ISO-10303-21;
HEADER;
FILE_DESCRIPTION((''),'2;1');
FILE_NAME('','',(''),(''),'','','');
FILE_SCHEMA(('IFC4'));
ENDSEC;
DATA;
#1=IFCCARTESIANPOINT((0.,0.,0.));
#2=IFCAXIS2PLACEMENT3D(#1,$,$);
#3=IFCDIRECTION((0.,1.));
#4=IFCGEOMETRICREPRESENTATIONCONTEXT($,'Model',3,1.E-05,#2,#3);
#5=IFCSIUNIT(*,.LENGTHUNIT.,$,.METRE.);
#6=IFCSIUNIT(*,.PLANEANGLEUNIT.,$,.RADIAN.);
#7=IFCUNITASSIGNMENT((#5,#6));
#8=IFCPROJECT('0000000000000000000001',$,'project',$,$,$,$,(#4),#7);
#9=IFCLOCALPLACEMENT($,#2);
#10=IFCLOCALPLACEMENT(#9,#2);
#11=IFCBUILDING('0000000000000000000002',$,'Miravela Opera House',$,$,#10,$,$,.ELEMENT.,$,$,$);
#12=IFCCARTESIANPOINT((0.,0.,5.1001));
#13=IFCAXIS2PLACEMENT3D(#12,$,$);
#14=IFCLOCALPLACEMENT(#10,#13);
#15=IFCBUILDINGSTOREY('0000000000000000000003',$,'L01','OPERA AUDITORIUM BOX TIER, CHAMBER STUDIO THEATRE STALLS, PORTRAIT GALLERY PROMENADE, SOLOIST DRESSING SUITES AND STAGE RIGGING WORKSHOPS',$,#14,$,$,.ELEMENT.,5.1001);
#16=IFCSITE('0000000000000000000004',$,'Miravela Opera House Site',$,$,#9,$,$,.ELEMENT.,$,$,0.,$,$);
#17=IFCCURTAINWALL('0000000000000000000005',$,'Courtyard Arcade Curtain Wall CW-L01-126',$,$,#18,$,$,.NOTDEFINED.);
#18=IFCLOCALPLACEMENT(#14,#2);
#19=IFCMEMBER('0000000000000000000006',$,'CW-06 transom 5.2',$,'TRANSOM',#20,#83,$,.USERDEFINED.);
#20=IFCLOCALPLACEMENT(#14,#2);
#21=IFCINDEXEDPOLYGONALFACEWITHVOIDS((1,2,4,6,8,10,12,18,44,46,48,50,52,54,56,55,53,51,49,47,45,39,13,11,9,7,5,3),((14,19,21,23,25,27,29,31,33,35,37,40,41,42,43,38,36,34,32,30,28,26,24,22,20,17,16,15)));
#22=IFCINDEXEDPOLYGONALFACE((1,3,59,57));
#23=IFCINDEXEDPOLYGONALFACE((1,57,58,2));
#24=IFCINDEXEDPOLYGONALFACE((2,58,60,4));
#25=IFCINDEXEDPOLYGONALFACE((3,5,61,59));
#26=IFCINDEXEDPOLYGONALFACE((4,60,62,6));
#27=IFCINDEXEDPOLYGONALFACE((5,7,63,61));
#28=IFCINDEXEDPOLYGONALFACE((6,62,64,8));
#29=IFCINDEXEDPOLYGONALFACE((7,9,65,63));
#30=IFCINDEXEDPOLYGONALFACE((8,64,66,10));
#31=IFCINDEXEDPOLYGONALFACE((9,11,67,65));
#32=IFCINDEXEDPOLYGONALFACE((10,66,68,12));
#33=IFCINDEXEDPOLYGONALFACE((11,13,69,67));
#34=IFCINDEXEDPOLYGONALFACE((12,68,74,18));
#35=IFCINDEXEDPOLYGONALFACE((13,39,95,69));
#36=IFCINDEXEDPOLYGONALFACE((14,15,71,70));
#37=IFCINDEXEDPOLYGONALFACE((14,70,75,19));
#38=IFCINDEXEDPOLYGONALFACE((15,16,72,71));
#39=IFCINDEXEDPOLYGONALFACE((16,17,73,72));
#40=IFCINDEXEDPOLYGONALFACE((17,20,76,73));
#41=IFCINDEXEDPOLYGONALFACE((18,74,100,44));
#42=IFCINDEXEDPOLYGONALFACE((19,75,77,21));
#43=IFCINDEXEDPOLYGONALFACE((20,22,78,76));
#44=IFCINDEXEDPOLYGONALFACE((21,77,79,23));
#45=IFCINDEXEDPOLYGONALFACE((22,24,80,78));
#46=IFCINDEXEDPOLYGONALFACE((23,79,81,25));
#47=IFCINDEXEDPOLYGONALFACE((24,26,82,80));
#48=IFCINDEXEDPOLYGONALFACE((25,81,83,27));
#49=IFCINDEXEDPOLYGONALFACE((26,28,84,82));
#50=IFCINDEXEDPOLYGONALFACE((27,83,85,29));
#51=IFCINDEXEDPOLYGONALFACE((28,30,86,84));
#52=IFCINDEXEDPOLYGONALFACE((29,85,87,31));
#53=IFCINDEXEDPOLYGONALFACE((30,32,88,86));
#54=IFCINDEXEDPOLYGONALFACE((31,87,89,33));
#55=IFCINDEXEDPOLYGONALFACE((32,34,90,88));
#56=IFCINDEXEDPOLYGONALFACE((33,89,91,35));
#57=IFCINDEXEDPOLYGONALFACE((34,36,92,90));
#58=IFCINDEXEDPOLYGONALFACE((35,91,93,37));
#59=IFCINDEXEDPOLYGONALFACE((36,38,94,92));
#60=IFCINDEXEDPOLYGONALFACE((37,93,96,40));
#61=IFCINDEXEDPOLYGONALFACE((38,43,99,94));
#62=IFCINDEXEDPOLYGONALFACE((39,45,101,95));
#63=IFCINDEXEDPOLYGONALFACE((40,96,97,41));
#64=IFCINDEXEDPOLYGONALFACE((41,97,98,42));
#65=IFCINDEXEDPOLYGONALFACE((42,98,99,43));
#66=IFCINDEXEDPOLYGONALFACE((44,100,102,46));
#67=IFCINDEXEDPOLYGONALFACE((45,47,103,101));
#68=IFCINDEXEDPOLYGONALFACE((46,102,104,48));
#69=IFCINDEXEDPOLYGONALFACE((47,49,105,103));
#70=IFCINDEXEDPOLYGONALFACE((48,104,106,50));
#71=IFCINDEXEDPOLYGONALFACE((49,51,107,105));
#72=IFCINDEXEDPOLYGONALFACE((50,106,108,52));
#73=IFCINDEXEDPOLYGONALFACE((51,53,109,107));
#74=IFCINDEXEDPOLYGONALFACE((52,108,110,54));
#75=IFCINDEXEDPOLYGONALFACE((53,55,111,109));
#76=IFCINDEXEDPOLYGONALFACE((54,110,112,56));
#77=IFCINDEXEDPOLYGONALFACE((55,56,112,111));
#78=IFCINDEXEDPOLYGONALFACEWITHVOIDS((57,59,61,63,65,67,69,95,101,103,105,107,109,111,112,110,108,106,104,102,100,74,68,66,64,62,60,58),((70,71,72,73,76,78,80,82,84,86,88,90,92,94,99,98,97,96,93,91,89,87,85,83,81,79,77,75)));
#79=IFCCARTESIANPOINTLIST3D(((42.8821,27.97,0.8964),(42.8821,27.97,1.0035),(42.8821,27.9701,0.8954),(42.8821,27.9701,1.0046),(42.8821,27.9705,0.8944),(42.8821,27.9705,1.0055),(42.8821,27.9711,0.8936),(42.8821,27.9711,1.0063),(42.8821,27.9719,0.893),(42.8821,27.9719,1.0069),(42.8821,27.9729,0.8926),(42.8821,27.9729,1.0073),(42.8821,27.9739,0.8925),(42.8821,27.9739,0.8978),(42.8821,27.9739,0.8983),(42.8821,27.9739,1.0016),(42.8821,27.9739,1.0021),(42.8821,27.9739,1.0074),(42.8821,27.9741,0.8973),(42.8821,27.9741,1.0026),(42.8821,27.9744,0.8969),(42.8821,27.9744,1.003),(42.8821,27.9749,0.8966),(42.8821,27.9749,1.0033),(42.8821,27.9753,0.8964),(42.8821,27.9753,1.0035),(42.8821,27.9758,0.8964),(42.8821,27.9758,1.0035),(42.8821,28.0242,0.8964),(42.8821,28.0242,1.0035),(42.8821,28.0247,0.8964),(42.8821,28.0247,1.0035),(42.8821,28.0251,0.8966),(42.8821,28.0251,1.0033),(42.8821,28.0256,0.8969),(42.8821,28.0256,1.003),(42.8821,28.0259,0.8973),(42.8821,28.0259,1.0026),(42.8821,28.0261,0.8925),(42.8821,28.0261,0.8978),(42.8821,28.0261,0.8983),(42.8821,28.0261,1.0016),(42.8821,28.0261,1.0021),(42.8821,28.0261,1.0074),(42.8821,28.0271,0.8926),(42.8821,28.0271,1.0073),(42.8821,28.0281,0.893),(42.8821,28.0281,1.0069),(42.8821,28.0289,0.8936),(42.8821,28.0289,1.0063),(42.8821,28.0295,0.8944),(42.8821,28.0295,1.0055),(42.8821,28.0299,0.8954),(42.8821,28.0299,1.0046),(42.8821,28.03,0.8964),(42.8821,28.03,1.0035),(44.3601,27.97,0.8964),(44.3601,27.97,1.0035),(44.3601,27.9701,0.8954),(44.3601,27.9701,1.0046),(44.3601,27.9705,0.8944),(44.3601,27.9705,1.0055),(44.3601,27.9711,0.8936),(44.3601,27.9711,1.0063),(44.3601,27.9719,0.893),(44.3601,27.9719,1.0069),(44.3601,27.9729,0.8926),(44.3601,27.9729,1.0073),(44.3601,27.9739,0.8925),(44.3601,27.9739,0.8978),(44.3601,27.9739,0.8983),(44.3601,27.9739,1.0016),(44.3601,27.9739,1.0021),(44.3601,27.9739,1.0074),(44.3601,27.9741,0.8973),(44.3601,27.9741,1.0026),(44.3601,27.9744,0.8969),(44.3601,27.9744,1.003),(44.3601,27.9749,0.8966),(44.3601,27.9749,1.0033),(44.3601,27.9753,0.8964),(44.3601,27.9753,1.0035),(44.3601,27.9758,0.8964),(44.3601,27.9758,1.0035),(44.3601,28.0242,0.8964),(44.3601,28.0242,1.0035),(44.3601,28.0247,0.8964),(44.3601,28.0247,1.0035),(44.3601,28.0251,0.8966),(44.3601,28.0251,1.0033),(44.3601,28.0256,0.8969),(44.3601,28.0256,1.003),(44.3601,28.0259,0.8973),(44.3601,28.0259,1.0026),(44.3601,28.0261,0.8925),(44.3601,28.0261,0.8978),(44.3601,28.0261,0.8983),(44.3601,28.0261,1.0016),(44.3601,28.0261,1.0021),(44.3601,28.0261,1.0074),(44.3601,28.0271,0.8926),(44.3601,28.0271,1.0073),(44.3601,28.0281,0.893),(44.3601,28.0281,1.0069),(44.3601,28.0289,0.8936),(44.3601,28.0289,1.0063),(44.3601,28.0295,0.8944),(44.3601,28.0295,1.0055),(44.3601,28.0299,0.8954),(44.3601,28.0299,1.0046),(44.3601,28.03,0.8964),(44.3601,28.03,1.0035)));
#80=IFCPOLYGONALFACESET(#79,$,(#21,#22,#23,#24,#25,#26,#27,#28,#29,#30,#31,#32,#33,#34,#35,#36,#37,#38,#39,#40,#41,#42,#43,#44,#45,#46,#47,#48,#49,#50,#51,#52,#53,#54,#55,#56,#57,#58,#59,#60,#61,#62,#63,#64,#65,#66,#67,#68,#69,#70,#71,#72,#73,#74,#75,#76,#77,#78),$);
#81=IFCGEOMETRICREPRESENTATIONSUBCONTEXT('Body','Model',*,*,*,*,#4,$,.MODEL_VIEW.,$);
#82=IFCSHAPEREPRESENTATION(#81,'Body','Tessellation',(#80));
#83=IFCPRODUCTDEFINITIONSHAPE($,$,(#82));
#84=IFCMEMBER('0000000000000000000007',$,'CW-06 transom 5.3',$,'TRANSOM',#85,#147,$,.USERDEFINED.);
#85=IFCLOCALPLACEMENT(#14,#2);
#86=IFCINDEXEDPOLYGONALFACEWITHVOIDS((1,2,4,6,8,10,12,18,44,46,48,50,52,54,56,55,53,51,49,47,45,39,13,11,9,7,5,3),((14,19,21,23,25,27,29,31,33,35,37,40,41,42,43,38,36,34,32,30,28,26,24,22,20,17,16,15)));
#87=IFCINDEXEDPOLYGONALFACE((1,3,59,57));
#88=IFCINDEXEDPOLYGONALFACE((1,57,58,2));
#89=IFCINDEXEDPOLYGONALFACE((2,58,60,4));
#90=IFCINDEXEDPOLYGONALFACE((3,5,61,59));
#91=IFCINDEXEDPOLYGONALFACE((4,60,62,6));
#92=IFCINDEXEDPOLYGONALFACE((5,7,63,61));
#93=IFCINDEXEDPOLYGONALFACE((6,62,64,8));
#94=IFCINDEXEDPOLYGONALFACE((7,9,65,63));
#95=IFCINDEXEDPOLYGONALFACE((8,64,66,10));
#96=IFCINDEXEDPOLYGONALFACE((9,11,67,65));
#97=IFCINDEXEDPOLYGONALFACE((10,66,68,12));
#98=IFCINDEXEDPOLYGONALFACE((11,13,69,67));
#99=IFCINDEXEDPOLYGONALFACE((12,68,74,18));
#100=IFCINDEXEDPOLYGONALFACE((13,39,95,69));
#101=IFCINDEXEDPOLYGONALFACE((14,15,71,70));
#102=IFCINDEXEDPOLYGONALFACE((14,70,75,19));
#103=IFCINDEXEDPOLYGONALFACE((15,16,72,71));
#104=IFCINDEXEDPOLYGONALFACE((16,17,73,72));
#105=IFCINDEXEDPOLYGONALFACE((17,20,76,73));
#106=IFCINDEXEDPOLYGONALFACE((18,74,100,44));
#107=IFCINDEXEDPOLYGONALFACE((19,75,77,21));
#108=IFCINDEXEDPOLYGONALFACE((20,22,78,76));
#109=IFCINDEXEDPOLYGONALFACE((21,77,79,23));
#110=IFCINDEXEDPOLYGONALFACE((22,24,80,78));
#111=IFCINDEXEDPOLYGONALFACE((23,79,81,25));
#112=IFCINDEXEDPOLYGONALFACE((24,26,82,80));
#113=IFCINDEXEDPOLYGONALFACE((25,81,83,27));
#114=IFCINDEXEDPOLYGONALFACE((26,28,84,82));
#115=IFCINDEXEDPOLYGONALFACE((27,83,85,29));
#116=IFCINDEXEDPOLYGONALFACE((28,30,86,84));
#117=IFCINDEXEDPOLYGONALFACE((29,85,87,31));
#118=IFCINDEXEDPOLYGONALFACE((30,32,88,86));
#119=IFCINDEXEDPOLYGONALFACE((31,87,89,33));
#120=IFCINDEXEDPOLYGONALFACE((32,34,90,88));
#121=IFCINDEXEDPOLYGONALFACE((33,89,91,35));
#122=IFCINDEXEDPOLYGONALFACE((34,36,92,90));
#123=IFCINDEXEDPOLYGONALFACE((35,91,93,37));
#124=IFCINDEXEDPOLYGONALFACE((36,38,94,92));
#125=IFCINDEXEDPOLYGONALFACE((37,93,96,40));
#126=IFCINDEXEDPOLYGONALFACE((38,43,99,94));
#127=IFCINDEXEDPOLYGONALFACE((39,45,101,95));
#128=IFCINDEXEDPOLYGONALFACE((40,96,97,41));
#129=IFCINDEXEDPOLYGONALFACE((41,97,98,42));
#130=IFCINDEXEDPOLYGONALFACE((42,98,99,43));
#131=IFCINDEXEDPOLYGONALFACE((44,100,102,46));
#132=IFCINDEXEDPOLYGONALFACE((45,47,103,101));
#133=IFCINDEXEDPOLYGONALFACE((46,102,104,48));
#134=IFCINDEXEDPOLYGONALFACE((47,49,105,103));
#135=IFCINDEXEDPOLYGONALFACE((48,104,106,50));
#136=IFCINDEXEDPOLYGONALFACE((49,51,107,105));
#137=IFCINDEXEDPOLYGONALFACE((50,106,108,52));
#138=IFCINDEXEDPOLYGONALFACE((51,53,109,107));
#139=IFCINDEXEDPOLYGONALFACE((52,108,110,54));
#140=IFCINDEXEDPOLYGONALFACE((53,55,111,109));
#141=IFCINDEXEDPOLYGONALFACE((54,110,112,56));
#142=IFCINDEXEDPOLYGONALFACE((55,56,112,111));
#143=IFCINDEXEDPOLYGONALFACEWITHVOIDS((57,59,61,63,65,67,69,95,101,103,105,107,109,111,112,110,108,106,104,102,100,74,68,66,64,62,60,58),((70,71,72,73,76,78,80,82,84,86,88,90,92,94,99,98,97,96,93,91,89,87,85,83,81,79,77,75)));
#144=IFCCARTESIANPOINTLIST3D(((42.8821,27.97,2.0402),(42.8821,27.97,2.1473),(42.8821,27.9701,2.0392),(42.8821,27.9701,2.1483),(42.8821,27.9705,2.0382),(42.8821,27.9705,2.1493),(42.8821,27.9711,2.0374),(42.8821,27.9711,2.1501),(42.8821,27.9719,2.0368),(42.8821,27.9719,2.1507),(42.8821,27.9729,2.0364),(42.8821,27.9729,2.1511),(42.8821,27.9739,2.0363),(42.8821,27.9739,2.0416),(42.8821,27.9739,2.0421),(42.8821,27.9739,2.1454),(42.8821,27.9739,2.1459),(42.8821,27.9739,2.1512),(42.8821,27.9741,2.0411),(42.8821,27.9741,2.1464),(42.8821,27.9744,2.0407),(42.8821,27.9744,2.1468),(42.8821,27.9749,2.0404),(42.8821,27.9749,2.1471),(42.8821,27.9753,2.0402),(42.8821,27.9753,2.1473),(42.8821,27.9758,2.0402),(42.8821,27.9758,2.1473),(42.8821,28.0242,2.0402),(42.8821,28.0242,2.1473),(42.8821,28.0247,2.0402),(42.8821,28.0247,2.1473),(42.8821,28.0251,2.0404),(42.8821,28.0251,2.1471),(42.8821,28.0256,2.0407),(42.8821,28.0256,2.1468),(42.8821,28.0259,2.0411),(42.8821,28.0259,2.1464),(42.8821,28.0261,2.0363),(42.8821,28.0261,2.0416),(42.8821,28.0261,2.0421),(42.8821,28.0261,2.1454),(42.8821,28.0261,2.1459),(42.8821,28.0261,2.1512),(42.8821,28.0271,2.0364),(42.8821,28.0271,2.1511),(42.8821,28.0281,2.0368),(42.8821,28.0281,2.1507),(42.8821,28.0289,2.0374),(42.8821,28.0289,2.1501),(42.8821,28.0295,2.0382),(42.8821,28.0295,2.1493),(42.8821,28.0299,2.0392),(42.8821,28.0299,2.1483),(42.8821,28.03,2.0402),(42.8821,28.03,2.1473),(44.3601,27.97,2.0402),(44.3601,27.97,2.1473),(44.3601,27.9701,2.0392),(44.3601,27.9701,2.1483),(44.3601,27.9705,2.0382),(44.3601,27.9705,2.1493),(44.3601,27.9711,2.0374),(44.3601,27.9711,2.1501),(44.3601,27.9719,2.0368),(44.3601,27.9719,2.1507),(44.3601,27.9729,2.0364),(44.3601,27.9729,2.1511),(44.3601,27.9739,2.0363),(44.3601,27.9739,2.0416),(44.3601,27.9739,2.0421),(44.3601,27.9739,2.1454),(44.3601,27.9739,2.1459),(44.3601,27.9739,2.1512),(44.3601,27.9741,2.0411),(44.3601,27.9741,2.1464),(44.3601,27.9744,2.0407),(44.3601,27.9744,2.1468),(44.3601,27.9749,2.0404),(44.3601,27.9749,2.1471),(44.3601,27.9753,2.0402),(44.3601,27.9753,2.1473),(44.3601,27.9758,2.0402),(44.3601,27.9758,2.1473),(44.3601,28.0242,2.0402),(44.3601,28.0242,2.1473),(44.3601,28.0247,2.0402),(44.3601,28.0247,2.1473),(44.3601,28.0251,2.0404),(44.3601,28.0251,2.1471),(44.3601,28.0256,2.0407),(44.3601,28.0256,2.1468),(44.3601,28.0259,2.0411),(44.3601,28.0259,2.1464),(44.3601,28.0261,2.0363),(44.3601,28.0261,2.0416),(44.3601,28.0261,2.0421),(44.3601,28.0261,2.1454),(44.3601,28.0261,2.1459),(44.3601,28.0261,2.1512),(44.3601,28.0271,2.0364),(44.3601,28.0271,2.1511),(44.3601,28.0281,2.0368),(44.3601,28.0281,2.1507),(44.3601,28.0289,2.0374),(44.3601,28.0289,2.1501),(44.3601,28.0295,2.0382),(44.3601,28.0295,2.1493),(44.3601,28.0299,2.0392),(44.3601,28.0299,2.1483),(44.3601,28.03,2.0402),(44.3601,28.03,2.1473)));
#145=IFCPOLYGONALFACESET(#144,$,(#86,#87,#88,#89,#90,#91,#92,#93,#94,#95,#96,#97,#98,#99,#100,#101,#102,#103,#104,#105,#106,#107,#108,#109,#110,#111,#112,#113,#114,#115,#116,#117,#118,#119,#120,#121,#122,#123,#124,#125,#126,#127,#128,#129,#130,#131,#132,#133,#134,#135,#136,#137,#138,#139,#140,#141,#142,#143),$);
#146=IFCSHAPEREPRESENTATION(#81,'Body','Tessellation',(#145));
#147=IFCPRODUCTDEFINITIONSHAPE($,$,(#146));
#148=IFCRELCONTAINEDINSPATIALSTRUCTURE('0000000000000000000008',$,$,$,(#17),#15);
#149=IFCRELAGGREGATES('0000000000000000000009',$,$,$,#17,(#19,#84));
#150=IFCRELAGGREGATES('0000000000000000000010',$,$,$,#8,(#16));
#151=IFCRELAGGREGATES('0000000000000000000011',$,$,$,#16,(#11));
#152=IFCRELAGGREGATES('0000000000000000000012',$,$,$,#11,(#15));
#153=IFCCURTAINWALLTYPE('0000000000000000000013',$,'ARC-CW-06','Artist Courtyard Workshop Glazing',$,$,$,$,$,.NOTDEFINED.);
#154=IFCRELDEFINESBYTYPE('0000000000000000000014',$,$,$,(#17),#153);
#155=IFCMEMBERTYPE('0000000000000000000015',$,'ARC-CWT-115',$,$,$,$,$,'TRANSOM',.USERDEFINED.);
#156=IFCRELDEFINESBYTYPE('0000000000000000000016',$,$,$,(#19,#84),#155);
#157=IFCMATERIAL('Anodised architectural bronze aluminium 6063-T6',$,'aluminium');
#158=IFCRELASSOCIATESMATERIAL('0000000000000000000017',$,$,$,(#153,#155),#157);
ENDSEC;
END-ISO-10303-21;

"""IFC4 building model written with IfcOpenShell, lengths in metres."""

from ifc_helpers import new_model, si_unit, direction, frame, origin, origin_2d, place, context, subcontext, project, spatial, hollow_rectangle, extrude, material, material_profile, profile_set, type_object, element, aggregate, save


model = new_model("IFC4")

# Units and contexts
model_context = context("Model", 3, precision=1e-05, world=origin(), true_north=direction((0.0, 1.0)))
body_context = subcontext(model_context, "Body", "Model", "MODEL_VIEW")
ifc_project = project(units=[si_unit("LENGTHUNIT", "METRE"), si_unit("PLANEANGLEUNIT", "RADIAN")], contexts=[model_context])

# Site, building, storey
site_placement = place(None, origin())
site = spatial("IfcSite", under=ifc_project, at=site_placement, Name="Miravela Opera House Site", CompositionType="ELEMENT", RefElevation=0.0)
building_placement = place(site_placement, origin())
building = spatial("IfcBuilding", under=site, at=building_placement, Name="Miravela Opera House", CompositionType="ELEMENT")
storey_placement = place(building_placement, frame((0.0, 0.0, 5.1001)))
storey = spatial("IfcBuildingStorey", under=building, at=storey_placement, Name="L01", Description="OPERA AUDITORIUM BOX TIER, CHAMBER STUDIO THEATRE STALLS, PORTRAIT GALLERY PROMENADE, SOLOIST DRESSING SUITES AND STAGE RIGGING WORKSHOPS", CompositionType="ELEMENT", Elevation=5.1001)

# Curtain wall, members
ifc_material_1 = material(Name="Anodised architectural bronze aluminium 6063-T6", Category="aluminium")
curtain_wall_type = type_object("IfcCurtainWallType", Name="ARC-CW-06", Description="Artist Courtyard Workshop Glazing", PredefinedType="NOTDEFINED", material=ifc_material_1)
curtain_wall_placement = place(storey_placement, origin())
curtain_wall = element("IfcCurtainWall", 1, at=curtain_wall_placement, inside=storey, type_object=curtain_wall_type, Name="Courtyard Arcade Curtain Wall CW-L01-126", PredefinedType="NOTDEFINED")
ifc_material_profile_1 = material_profile(ifc_material_1, hollow_rectangle(XDim=0.0601, YDim=0.115, WallThickness=0.0039, InnerFilletRadius=0.002, OuterFilletRadius=0.0039, at=origin_2d()), Name="CWT-60X115")
ifc_profile_set_1 = profile_set([ifc_material_profile_1])
member_type_1 = type_object("IfcMemberType", Name="ARC-CWT-115", ElementType="TRANSOM", PredefinedType="USERDEFINED", material=ifc_profile_set_1)
member_1_placement = place(storey_placement, frame((42.8821, 28.0, 0.95), z_axis=(1.0, 0.0, 0.0), x_axis=(0.0, 1.0, 0.0)))
member_1 = element("IfcMember", 2, at=member_1_placement, type_object=member_type_1, Name="CW-06 transom 5.2", ObjectType="TRANSOM", PredefinedType="USERDEFINED", context=body_context, shape_type="SweptSolid", body=[
    extrude(hollow_rectangle(XDim=0.0601, YDim=0.115, WallThickness=0.0039, InnerFilletRadius=0.002, OuterFilletRadius=0.0039, at=origin_2d()), origin(), (0.0, 0.0, 1.0), 1.478),
])
member_2_placement = place(storey_placement, frame((42.8821, 28.0, 2.0938), z_axis=(1.0, 0.0, 0.0), x_axis=(0.0, 1.0, 0.0)))
member_2 = element("IfcMember", 3, at=member_2_placement, type_object=member_type_1, Name="CW-06 transom 5.3", ObjectType="TRANSOM", PredefinedType="USERDEFINED", context=body_context, shape_type="SweptSolid", body=[
    extrude(hollow_rectangle(XDim=0.0601, YDim=0.115, WallThickness=0.0039, InnerFilletRadius=0.002, OuterFilletRadius=0.0039, at=origin_2d()), origin(), (0.0, 0.0, 1.0), 1.478),
])

aggregate(curtain_wall, [member_1, member_2])

save(model, "model.ifc")
